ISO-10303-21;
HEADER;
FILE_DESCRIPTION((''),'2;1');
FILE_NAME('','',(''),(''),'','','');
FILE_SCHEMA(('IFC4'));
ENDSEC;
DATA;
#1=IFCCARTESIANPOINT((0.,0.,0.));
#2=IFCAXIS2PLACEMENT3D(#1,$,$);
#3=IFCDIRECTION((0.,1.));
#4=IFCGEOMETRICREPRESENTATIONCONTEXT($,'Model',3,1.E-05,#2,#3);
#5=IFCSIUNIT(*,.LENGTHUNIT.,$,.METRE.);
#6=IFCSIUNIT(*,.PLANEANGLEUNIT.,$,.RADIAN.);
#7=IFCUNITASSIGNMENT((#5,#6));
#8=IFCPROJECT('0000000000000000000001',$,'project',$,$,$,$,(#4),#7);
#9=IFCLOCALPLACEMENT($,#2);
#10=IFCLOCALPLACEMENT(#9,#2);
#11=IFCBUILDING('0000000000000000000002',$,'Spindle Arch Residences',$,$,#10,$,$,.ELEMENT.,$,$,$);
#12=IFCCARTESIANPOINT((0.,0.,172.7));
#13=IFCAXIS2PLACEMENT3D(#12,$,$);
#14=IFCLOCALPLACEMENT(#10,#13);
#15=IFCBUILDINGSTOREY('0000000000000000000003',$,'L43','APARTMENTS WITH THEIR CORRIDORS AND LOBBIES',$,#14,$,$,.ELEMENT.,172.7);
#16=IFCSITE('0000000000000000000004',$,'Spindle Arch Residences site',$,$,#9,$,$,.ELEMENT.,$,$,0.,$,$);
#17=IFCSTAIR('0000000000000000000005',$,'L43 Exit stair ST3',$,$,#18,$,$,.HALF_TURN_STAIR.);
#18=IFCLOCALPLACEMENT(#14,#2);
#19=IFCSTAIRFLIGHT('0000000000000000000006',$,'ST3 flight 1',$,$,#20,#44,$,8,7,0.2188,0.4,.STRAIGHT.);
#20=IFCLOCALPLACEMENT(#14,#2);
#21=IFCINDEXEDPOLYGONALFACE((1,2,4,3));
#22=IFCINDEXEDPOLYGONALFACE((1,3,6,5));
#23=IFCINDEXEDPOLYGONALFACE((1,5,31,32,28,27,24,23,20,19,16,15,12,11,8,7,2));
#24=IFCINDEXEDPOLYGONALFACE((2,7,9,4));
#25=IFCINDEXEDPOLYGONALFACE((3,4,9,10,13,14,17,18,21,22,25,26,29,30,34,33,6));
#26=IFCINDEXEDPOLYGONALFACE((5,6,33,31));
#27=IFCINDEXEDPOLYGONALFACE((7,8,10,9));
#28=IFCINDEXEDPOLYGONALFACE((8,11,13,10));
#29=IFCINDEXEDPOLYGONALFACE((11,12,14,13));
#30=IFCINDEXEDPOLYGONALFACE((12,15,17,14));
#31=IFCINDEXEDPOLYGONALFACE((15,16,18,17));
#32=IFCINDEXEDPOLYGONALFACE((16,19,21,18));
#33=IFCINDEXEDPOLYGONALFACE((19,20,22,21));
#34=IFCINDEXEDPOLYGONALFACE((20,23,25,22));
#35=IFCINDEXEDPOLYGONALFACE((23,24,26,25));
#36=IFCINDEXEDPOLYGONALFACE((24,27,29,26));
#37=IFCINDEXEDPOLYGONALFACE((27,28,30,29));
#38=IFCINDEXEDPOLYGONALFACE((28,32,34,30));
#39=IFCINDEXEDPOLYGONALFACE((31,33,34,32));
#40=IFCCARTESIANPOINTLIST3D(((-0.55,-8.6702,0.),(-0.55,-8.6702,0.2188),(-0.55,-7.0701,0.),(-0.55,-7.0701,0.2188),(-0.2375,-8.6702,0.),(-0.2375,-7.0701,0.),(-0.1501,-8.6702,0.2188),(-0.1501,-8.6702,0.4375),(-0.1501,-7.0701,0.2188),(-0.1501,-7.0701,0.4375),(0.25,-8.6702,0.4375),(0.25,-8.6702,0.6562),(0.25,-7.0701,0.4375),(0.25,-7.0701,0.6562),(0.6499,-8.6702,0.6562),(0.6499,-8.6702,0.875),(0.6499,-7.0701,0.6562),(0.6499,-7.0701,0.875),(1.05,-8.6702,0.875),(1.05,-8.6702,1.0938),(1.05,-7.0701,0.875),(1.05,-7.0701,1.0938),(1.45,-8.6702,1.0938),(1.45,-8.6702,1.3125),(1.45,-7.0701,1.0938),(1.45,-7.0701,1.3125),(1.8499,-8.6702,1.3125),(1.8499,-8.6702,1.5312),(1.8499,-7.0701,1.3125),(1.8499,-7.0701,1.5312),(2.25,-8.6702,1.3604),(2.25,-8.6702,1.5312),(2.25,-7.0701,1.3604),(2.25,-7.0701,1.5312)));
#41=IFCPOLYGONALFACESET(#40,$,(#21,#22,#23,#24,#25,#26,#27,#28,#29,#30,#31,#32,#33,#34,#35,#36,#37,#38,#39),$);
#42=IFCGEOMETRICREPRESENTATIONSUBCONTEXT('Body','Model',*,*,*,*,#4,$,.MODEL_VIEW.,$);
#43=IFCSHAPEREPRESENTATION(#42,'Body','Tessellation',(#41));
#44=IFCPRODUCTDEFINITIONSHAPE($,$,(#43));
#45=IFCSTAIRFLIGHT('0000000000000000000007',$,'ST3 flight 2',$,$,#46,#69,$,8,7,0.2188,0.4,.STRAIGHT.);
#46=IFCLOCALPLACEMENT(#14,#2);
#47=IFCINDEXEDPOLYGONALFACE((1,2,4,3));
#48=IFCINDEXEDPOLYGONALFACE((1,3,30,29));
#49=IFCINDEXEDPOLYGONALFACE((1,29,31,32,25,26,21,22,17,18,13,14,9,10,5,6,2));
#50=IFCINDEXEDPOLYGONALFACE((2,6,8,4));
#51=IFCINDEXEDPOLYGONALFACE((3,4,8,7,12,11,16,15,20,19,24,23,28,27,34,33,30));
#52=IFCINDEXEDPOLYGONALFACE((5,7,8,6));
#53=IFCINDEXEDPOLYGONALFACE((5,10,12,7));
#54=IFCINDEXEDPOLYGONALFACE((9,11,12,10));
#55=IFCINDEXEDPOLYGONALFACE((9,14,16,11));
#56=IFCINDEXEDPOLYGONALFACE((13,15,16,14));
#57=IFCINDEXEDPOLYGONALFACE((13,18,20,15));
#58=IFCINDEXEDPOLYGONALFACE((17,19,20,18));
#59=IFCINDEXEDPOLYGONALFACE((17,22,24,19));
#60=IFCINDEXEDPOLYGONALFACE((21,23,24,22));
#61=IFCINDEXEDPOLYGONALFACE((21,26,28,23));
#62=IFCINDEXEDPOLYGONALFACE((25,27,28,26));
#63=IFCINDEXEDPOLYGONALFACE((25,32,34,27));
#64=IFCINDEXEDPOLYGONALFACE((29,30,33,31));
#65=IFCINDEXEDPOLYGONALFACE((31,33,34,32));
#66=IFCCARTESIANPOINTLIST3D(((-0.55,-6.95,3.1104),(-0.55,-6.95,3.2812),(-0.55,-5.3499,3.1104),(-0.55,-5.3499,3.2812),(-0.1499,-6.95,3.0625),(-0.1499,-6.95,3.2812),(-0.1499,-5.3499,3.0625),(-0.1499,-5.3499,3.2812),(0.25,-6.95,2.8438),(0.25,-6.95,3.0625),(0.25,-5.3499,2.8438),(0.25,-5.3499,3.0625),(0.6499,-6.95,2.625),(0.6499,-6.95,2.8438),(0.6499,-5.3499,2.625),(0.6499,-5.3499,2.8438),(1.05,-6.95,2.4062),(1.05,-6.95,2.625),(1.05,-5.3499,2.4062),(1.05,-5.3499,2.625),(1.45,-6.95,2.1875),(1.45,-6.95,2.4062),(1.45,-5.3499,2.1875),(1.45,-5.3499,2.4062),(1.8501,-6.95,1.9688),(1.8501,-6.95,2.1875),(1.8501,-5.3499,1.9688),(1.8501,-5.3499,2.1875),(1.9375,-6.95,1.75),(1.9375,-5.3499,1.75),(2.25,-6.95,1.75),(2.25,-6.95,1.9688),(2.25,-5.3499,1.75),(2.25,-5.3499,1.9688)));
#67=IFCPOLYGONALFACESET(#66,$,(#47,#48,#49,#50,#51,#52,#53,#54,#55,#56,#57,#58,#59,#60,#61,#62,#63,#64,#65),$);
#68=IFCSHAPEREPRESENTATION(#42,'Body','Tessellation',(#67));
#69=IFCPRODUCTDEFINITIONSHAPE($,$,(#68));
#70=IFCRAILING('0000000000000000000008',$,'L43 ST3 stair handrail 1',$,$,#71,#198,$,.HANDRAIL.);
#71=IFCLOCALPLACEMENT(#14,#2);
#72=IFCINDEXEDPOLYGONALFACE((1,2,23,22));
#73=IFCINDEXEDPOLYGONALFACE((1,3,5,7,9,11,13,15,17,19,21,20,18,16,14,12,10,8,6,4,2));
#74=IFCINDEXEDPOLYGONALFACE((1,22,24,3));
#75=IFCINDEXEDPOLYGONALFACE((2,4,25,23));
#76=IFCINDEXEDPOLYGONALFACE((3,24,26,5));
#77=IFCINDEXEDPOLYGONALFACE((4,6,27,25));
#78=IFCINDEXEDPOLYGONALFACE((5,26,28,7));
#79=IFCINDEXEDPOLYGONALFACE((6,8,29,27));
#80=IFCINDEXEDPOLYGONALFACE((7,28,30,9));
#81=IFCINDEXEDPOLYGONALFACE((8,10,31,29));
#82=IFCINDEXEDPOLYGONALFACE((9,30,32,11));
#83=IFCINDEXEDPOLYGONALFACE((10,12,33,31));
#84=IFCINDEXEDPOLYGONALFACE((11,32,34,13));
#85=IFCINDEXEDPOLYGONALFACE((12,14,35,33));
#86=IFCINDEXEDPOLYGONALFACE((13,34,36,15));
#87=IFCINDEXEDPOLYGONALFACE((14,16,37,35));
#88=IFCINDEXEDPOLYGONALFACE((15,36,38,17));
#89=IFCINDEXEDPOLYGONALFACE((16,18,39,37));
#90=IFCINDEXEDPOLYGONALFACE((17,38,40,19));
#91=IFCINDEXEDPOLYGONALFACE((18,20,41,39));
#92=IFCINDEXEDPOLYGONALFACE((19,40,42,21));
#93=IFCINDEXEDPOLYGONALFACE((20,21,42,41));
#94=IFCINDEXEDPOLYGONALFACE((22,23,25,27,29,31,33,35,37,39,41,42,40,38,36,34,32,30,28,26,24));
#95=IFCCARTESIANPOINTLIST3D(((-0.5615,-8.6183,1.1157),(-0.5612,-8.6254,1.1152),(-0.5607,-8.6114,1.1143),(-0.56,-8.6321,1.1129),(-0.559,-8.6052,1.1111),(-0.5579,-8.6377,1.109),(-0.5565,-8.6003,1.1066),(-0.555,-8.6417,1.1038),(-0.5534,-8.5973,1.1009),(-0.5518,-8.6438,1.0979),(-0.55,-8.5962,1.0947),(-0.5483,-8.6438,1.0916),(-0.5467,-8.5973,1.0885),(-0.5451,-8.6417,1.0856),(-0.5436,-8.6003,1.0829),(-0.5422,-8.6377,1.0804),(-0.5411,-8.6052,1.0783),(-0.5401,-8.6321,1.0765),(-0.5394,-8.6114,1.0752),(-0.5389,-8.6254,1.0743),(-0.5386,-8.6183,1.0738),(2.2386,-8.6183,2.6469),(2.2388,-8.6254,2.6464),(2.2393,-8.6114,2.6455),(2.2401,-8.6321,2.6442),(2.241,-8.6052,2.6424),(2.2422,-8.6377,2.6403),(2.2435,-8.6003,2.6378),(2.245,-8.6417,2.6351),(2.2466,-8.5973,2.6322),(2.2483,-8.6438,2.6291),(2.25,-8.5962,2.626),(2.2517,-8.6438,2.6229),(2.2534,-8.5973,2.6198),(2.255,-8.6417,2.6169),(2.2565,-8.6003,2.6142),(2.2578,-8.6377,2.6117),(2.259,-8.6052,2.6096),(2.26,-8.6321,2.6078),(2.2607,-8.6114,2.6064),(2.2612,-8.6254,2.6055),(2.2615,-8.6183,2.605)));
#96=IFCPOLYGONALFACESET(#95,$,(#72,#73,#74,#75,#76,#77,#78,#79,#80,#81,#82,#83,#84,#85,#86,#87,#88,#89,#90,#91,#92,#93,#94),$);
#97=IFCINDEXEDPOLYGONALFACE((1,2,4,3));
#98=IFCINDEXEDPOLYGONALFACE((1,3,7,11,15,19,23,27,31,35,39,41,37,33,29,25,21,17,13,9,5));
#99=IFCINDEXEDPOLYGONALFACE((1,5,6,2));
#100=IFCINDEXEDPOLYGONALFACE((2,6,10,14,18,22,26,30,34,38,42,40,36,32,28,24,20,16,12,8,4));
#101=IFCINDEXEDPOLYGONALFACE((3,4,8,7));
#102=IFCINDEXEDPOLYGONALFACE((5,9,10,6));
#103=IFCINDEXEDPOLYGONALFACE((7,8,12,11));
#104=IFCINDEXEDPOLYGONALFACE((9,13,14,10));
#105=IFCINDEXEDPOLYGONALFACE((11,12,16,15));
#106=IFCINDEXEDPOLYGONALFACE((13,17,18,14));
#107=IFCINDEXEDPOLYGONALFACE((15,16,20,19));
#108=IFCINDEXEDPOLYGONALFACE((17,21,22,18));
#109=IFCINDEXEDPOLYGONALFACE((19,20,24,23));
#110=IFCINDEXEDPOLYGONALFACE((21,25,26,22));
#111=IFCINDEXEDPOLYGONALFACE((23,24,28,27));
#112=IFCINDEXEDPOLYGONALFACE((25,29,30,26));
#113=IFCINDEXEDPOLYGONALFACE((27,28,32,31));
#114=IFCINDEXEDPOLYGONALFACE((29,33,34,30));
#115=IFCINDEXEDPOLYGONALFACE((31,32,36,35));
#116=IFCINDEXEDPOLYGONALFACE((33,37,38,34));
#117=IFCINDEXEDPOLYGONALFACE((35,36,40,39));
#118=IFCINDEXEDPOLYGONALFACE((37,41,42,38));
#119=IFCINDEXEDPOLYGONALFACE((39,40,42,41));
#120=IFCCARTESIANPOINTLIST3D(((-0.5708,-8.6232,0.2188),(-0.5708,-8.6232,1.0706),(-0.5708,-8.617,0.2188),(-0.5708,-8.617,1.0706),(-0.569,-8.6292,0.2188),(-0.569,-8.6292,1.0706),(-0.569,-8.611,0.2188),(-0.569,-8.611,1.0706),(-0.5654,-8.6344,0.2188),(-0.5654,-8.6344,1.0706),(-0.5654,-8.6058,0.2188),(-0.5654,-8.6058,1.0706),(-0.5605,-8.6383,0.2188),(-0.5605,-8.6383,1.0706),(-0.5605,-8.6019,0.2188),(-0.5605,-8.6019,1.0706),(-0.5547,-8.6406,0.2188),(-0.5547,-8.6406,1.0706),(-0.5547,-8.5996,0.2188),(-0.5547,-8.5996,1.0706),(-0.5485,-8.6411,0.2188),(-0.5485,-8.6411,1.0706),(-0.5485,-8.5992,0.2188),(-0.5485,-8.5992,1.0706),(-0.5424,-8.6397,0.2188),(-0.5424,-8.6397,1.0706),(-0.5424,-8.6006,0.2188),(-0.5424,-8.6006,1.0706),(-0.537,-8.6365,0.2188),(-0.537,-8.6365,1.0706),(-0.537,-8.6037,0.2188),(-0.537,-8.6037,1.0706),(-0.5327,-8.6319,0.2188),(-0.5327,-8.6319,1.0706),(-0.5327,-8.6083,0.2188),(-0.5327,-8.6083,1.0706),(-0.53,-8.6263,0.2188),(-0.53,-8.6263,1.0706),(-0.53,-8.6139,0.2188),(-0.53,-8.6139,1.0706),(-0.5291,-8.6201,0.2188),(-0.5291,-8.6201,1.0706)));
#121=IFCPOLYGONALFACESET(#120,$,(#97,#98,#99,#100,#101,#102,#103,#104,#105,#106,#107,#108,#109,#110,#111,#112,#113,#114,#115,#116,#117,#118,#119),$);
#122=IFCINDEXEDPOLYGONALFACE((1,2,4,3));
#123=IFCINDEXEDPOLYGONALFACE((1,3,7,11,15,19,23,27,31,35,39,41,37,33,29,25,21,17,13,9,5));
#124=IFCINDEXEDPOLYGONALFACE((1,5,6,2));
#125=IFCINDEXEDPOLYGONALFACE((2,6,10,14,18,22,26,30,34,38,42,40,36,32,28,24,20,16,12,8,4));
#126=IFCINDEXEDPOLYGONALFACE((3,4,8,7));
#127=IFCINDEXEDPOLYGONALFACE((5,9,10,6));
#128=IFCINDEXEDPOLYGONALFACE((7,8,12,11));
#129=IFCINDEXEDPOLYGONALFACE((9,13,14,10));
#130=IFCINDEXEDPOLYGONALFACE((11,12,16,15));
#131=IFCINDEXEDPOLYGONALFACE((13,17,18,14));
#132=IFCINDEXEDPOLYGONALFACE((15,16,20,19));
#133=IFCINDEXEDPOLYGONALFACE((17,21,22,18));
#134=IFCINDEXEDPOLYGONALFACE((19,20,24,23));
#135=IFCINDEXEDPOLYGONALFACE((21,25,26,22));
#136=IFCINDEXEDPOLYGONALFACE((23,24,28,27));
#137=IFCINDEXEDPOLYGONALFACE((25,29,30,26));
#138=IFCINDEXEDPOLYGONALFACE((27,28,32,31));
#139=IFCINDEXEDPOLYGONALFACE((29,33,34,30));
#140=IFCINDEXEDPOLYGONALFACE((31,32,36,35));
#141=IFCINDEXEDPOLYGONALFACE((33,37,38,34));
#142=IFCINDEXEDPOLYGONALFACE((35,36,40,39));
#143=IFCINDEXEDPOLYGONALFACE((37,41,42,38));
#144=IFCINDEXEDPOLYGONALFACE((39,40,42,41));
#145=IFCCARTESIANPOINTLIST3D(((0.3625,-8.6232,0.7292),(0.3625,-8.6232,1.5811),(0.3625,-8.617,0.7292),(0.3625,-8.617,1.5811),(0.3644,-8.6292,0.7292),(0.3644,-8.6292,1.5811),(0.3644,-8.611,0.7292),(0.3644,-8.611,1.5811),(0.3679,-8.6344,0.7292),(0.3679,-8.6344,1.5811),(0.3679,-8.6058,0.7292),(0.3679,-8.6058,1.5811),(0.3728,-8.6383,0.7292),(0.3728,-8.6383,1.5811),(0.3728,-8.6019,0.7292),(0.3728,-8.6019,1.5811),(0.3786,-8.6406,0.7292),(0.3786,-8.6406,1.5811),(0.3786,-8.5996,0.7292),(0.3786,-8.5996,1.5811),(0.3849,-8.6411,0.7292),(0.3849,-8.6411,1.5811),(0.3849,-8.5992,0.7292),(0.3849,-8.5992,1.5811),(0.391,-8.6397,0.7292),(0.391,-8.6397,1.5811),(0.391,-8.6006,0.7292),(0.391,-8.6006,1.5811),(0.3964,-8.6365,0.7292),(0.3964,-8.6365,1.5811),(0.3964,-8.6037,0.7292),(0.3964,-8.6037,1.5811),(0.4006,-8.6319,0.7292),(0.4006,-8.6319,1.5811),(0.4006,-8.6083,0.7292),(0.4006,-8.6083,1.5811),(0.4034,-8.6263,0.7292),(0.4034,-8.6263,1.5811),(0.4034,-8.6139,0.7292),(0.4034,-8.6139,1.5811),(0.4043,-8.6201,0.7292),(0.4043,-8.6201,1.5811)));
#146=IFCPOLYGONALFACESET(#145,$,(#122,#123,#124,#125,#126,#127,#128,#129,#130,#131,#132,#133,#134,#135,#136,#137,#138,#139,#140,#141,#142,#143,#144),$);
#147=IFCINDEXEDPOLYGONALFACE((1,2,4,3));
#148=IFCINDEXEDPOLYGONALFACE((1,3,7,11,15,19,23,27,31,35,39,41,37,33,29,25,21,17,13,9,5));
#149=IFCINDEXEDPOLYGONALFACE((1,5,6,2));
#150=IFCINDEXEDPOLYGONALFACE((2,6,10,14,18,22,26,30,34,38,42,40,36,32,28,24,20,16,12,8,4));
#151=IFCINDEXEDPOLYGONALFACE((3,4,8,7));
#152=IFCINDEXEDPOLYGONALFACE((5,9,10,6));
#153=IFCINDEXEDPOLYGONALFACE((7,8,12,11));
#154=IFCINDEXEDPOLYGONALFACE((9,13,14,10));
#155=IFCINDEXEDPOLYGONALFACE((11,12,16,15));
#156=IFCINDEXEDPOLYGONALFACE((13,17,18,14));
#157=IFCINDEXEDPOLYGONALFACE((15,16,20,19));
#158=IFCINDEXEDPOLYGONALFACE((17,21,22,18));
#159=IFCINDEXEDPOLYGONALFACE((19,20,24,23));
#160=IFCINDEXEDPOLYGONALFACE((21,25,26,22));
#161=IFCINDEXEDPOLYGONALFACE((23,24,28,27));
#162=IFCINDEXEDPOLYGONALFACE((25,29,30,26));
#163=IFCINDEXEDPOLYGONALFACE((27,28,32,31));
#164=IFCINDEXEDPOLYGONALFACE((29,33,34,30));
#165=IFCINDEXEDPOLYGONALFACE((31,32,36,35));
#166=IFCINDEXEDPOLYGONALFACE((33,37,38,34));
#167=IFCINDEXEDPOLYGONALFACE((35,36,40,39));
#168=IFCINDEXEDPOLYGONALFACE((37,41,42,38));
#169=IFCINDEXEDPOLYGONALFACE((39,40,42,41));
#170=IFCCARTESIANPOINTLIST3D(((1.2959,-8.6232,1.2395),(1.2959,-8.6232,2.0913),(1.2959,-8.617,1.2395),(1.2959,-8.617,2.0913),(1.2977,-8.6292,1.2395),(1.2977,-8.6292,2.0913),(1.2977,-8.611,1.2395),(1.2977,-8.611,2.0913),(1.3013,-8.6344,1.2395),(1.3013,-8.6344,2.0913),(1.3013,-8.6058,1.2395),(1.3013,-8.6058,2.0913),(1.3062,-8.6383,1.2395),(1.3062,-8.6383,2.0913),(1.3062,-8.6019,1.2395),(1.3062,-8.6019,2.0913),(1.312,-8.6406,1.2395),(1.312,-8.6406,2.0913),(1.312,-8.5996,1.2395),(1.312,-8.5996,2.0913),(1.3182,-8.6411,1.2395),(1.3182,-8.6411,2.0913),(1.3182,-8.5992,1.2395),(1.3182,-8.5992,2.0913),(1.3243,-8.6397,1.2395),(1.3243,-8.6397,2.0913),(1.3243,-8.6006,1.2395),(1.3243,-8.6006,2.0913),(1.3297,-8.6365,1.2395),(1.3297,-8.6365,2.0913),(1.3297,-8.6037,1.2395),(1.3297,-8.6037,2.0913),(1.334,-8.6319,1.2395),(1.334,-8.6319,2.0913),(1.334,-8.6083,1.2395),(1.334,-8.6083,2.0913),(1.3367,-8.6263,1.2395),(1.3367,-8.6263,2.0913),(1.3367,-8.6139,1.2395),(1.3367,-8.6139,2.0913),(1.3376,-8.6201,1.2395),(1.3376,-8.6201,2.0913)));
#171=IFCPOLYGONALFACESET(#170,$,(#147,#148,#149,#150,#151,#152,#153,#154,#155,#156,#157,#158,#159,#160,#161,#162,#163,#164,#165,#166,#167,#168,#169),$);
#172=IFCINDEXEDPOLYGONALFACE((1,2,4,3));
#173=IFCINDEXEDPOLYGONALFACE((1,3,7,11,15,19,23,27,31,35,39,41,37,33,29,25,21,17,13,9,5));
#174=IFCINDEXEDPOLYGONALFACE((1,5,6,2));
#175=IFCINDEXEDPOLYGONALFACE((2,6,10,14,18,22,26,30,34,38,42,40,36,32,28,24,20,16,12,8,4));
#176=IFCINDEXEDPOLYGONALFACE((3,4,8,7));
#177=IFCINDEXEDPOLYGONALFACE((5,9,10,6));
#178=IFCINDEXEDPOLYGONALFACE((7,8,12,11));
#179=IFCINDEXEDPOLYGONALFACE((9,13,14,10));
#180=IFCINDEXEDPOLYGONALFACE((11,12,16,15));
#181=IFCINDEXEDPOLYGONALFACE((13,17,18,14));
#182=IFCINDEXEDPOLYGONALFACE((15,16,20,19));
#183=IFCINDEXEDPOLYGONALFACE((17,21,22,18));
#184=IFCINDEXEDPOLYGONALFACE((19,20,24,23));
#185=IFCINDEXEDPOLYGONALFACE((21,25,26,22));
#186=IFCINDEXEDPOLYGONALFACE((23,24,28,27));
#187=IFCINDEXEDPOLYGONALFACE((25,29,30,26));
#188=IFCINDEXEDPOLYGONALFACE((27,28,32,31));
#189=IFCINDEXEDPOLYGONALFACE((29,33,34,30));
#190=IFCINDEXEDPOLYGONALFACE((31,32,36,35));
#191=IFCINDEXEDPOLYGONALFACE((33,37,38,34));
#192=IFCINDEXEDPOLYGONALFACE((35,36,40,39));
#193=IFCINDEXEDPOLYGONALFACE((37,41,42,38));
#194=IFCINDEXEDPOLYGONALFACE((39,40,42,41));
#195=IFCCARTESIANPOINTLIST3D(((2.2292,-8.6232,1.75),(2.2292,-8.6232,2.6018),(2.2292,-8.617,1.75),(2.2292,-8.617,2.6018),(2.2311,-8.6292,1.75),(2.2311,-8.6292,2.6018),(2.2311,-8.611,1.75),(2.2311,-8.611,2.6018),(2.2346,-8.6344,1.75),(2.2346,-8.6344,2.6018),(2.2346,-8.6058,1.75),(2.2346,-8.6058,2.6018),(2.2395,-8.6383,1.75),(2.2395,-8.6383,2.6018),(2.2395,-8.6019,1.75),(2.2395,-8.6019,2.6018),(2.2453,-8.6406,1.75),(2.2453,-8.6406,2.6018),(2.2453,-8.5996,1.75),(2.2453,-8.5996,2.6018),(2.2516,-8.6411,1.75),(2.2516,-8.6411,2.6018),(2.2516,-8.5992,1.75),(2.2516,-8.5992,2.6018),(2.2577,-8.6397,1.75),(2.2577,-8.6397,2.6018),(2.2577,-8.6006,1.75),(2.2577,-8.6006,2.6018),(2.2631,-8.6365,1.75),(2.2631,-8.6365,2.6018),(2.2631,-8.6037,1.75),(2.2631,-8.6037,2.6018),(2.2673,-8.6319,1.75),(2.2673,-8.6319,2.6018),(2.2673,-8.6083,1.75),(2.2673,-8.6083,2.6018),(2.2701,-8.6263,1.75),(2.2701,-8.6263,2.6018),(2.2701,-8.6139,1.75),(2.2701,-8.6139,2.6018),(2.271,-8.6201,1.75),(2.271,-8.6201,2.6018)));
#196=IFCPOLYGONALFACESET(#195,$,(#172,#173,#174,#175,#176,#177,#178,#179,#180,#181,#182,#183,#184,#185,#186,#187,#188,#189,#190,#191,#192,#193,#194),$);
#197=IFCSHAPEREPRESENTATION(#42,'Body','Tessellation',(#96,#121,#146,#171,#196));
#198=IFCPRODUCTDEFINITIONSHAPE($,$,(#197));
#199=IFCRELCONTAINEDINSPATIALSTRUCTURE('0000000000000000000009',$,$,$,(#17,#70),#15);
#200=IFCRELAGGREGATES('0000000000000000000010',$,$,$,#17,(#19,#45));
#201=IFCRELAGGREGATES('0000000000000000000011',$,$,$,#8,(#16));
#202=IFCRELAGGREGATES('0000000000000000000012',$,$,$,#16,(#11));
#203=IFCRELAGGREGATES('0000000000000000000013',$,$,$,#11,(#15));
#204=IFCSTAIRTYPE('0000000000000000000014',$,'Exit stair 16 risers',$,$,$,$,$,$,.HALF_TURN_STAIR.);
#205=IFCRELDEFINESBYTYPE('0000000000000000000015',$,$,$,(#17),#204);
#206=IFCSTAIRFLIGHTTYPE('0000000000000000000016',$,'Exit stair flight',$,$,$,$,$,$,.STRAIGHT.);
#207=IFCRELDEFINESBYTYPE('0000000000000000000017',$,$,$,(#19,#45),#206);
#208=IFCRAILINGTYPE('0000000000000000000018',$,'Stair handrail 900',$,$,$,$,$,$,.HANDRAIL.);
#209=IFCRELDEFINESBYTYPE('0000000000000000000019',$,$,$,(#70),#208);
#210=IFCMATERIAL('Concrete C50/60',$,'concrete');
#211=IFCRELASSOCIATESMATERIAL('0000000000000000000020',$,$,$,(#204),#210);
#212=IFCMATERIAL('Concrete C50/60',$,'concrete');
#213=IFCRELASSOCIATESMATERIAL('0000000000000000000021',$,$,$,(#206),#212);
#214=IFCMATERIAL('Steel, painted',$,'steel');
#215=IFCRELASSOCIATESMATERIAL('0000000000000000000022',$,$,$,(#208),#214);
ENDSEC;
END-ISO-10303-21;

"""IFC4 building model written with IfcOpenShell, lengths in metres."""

from ifc_helpers import new_model, si_unit, direction, frame, origin, origin_2d, place, context, subcontext, project, spatial, polyline, circle, outline, extrude, material, type_object, element, aggregate, save


model = new_model("IFC4")

# Units and contexts
model_context = context("Model", 3, precision=1e-05, world=origin(), true_north=direction((0.0, 1.0)))
body_context = subcontext(model_context, "Body", "Model", "MODEL_VIEW")
ifc_project = project(units=[si_unit("LENGTHUNIT", "METRE"), si_unit("PLANEANGLEUNIT", "RADIAN")], contexts=[model_context])

# Site, building, storey
site_placement = place(None, origin())
site = spatial("IfcSite", under=ifc_project, at=site_placement, Name="Spindle Arch Residences site", CompositionType="ELEMENT", RefElevation=0.0)
building_placement = place(site_placement, origin())
building = spatial("IfcBuilding", under=site, at=building_placement, Name="Spindle Arch Residences", CompositionType="ELEMENT")
storey_placement = place(building_placement, frame((0.0, 0.0, 172.7)))
storey = spatial("IfcBuildingStorey", under=building, at=storey_placement, Name="L43", Description="APARTMENTS WITH THEIR CORRIDORS AND LOBBIES", CompositionType="ELEMENT", Elevation=172.7)

# Shared definitions
ifc_material_1 = material(Name="Concrete C50/60", Category="concrete")
stair_type = type_object("IfcStairType", Name="Exit stair 16 risers", PredefinedType="HALF_TURN_STAIR", material=ifc_material_1)

# Stair, stair flights
stair_1_placement = place(storey_placement, origin())
stair_1 = element("IfcStair", 1, at=stair_1_placement, inside=storey, type_object=stair_type, Name="L43 Exit stair ST3", PredefinedType="HALF_TURN_STAIR")
ifc_material_2 = material(Name="Concrete C50/60", Category="concrete")
stair_flight_type = type_object("IfcStairFlightType", Name="Exit stair flight", PredefinedType="STRAIGHT", material=ifc_material_2)
stair_flight_1_placement = place(storey_placement, frame((-0.55, -7.8701, 0.0), z_axis=(0.0, 0.0, 1.0), x_axis=(1.0, 0.0, 0.0)))
stair_flight_1 = element("IfcStairFlight", 2, at=stair_flight_1_placement, type_object=stair_flight_type, Name="ST3 flight 1", NumberOfRisers=8, NumberOfTreads=7, PredefinedType="STRAIGHT", RiserHeight=0.2188, TreadLength=0.4, context=body_context, shape_type="SweptSolid", body=[
    extrude(outline(polyline([(0.0, 0.0), (0.0, 0.2188), (0.3999, 0.2188), (0.3999, 0.4375), (0.8, 0.4375), (0.8, 0.6562), (1.2, 0.6562), (1.2, 0.875), (1.6001, 0.875), (1.6001, 1.0938), (2.0, 1.0938), (2.0, 1.3125), (2.3999, 1.3125), (2.3999, 1.5312), (2.8, 1.5312), (2.8, 1.75), (2.8, 1.3604), (0.3125, 0.0), (0.0, 0.0)])), frame((0.0, 0.8, 0.0), z_axis=(0.0, -1.0, 0.0), x_axis=(1.0, 0.0, 0.0)), (0.0, 0.0, 1.0), 1.6001),
])
stair_flight_2_placement = place(storey_placement, frame((2.25, -6.1499, 1.75), z_axis=(0.0, 0.0, 1.0), x_axis=(-1.0, 0.0, 0.0)))
stair_flight_2 = element("IfcStairFlight", 3, at=stair_flight_2_placement, type_object=stair_flight_type, Name="ST3 flight 2", NumberOfRisers=8, NumberOfTreads=7, PredefinedType="STRAIGHT", RiserHeight=0.2188, TreadLength=0.4, context=body_context, shape_type="SweptSolid", body=[
    extrude(outline(polyline([(0.0, 0.0), (0.0, 0.2188), (0.3999, 0.2188), (0.3999, 0.4375), (0.8, 0.4375), (0.8, 0.6562), (1.2, 0.6562), (1.2, 0.875), (1.6001, 0.875), (1.6001, 1.0938), (2.0, 1.0938), (2.0, 1.3125), (2.3999, 1.3125), (2.3999, 1.5312), (2.8, 1.5312), (2.8, 1.75), (2.8, 1.3604), (0.3125, 0.0), (0.0, 0.0)])), frame((0.0, 0.8, 0.0), z_axis=(0.0, -1.0, 0.0), x_axis=(1.0, 0.0, 0.0)), (0.0, 0.0, 1.0), 1.6001),
])
aggregate(stair_1, [stair_flight_1, stair_flight_2])

# Railing
ifc_material_3 = material(Name="Steel, painted", Category="steel")
railing_type_1 = type_object("IfcRailingType", Name="Stair handrail 900", PredefinedType="HANDRAIL", material=ifc_material_3)
railing_1_placement = place(storey_placement, frame((-0.55, -8.6201, 0.2188)))
element("IfcRailing", 4, at=railing_1_placement, inside=storey, type_object=railing_type_1, Name="L43 ST3 stair handrail 1", PredefinedType="HANDRAIL", context=body_context, shape_type="SweptSolid", body=[
    extrude(circle(Radius=0.0239, at=origin_2d()), frame((0.0, 0.0, 0.876), z_axis=(0.877375, 0.0, 0.479806), x_axis=(0.0, 1.0, 0.0)), (0.0, 0.0, 1.0), 3.1914),
    extrude(circle(Radius=0.021, at=origin_2d()), origin(), (0.0, 0.0, 1.0), 0.8518),
    extrude(circle(Radius=0.021, at=origin_2d()), frame((0.9333, 0.0, 0.5105)), (0.0, 0.0, 1.0), 0.8518),
    extrude(circle(Radius=0.021, at=origin_2d()), frame((1.8667, 0.0, 1.0208)), (0.0, 0.0, 1.0), 0.8518),
    extrude(circle(Radius=0.021, at=origin_2d()), frame((2.8, 0.0, 1.5312)), (0.0, 0.0, 1.0), 0.8518),
])

save(model, "model.ifc")
